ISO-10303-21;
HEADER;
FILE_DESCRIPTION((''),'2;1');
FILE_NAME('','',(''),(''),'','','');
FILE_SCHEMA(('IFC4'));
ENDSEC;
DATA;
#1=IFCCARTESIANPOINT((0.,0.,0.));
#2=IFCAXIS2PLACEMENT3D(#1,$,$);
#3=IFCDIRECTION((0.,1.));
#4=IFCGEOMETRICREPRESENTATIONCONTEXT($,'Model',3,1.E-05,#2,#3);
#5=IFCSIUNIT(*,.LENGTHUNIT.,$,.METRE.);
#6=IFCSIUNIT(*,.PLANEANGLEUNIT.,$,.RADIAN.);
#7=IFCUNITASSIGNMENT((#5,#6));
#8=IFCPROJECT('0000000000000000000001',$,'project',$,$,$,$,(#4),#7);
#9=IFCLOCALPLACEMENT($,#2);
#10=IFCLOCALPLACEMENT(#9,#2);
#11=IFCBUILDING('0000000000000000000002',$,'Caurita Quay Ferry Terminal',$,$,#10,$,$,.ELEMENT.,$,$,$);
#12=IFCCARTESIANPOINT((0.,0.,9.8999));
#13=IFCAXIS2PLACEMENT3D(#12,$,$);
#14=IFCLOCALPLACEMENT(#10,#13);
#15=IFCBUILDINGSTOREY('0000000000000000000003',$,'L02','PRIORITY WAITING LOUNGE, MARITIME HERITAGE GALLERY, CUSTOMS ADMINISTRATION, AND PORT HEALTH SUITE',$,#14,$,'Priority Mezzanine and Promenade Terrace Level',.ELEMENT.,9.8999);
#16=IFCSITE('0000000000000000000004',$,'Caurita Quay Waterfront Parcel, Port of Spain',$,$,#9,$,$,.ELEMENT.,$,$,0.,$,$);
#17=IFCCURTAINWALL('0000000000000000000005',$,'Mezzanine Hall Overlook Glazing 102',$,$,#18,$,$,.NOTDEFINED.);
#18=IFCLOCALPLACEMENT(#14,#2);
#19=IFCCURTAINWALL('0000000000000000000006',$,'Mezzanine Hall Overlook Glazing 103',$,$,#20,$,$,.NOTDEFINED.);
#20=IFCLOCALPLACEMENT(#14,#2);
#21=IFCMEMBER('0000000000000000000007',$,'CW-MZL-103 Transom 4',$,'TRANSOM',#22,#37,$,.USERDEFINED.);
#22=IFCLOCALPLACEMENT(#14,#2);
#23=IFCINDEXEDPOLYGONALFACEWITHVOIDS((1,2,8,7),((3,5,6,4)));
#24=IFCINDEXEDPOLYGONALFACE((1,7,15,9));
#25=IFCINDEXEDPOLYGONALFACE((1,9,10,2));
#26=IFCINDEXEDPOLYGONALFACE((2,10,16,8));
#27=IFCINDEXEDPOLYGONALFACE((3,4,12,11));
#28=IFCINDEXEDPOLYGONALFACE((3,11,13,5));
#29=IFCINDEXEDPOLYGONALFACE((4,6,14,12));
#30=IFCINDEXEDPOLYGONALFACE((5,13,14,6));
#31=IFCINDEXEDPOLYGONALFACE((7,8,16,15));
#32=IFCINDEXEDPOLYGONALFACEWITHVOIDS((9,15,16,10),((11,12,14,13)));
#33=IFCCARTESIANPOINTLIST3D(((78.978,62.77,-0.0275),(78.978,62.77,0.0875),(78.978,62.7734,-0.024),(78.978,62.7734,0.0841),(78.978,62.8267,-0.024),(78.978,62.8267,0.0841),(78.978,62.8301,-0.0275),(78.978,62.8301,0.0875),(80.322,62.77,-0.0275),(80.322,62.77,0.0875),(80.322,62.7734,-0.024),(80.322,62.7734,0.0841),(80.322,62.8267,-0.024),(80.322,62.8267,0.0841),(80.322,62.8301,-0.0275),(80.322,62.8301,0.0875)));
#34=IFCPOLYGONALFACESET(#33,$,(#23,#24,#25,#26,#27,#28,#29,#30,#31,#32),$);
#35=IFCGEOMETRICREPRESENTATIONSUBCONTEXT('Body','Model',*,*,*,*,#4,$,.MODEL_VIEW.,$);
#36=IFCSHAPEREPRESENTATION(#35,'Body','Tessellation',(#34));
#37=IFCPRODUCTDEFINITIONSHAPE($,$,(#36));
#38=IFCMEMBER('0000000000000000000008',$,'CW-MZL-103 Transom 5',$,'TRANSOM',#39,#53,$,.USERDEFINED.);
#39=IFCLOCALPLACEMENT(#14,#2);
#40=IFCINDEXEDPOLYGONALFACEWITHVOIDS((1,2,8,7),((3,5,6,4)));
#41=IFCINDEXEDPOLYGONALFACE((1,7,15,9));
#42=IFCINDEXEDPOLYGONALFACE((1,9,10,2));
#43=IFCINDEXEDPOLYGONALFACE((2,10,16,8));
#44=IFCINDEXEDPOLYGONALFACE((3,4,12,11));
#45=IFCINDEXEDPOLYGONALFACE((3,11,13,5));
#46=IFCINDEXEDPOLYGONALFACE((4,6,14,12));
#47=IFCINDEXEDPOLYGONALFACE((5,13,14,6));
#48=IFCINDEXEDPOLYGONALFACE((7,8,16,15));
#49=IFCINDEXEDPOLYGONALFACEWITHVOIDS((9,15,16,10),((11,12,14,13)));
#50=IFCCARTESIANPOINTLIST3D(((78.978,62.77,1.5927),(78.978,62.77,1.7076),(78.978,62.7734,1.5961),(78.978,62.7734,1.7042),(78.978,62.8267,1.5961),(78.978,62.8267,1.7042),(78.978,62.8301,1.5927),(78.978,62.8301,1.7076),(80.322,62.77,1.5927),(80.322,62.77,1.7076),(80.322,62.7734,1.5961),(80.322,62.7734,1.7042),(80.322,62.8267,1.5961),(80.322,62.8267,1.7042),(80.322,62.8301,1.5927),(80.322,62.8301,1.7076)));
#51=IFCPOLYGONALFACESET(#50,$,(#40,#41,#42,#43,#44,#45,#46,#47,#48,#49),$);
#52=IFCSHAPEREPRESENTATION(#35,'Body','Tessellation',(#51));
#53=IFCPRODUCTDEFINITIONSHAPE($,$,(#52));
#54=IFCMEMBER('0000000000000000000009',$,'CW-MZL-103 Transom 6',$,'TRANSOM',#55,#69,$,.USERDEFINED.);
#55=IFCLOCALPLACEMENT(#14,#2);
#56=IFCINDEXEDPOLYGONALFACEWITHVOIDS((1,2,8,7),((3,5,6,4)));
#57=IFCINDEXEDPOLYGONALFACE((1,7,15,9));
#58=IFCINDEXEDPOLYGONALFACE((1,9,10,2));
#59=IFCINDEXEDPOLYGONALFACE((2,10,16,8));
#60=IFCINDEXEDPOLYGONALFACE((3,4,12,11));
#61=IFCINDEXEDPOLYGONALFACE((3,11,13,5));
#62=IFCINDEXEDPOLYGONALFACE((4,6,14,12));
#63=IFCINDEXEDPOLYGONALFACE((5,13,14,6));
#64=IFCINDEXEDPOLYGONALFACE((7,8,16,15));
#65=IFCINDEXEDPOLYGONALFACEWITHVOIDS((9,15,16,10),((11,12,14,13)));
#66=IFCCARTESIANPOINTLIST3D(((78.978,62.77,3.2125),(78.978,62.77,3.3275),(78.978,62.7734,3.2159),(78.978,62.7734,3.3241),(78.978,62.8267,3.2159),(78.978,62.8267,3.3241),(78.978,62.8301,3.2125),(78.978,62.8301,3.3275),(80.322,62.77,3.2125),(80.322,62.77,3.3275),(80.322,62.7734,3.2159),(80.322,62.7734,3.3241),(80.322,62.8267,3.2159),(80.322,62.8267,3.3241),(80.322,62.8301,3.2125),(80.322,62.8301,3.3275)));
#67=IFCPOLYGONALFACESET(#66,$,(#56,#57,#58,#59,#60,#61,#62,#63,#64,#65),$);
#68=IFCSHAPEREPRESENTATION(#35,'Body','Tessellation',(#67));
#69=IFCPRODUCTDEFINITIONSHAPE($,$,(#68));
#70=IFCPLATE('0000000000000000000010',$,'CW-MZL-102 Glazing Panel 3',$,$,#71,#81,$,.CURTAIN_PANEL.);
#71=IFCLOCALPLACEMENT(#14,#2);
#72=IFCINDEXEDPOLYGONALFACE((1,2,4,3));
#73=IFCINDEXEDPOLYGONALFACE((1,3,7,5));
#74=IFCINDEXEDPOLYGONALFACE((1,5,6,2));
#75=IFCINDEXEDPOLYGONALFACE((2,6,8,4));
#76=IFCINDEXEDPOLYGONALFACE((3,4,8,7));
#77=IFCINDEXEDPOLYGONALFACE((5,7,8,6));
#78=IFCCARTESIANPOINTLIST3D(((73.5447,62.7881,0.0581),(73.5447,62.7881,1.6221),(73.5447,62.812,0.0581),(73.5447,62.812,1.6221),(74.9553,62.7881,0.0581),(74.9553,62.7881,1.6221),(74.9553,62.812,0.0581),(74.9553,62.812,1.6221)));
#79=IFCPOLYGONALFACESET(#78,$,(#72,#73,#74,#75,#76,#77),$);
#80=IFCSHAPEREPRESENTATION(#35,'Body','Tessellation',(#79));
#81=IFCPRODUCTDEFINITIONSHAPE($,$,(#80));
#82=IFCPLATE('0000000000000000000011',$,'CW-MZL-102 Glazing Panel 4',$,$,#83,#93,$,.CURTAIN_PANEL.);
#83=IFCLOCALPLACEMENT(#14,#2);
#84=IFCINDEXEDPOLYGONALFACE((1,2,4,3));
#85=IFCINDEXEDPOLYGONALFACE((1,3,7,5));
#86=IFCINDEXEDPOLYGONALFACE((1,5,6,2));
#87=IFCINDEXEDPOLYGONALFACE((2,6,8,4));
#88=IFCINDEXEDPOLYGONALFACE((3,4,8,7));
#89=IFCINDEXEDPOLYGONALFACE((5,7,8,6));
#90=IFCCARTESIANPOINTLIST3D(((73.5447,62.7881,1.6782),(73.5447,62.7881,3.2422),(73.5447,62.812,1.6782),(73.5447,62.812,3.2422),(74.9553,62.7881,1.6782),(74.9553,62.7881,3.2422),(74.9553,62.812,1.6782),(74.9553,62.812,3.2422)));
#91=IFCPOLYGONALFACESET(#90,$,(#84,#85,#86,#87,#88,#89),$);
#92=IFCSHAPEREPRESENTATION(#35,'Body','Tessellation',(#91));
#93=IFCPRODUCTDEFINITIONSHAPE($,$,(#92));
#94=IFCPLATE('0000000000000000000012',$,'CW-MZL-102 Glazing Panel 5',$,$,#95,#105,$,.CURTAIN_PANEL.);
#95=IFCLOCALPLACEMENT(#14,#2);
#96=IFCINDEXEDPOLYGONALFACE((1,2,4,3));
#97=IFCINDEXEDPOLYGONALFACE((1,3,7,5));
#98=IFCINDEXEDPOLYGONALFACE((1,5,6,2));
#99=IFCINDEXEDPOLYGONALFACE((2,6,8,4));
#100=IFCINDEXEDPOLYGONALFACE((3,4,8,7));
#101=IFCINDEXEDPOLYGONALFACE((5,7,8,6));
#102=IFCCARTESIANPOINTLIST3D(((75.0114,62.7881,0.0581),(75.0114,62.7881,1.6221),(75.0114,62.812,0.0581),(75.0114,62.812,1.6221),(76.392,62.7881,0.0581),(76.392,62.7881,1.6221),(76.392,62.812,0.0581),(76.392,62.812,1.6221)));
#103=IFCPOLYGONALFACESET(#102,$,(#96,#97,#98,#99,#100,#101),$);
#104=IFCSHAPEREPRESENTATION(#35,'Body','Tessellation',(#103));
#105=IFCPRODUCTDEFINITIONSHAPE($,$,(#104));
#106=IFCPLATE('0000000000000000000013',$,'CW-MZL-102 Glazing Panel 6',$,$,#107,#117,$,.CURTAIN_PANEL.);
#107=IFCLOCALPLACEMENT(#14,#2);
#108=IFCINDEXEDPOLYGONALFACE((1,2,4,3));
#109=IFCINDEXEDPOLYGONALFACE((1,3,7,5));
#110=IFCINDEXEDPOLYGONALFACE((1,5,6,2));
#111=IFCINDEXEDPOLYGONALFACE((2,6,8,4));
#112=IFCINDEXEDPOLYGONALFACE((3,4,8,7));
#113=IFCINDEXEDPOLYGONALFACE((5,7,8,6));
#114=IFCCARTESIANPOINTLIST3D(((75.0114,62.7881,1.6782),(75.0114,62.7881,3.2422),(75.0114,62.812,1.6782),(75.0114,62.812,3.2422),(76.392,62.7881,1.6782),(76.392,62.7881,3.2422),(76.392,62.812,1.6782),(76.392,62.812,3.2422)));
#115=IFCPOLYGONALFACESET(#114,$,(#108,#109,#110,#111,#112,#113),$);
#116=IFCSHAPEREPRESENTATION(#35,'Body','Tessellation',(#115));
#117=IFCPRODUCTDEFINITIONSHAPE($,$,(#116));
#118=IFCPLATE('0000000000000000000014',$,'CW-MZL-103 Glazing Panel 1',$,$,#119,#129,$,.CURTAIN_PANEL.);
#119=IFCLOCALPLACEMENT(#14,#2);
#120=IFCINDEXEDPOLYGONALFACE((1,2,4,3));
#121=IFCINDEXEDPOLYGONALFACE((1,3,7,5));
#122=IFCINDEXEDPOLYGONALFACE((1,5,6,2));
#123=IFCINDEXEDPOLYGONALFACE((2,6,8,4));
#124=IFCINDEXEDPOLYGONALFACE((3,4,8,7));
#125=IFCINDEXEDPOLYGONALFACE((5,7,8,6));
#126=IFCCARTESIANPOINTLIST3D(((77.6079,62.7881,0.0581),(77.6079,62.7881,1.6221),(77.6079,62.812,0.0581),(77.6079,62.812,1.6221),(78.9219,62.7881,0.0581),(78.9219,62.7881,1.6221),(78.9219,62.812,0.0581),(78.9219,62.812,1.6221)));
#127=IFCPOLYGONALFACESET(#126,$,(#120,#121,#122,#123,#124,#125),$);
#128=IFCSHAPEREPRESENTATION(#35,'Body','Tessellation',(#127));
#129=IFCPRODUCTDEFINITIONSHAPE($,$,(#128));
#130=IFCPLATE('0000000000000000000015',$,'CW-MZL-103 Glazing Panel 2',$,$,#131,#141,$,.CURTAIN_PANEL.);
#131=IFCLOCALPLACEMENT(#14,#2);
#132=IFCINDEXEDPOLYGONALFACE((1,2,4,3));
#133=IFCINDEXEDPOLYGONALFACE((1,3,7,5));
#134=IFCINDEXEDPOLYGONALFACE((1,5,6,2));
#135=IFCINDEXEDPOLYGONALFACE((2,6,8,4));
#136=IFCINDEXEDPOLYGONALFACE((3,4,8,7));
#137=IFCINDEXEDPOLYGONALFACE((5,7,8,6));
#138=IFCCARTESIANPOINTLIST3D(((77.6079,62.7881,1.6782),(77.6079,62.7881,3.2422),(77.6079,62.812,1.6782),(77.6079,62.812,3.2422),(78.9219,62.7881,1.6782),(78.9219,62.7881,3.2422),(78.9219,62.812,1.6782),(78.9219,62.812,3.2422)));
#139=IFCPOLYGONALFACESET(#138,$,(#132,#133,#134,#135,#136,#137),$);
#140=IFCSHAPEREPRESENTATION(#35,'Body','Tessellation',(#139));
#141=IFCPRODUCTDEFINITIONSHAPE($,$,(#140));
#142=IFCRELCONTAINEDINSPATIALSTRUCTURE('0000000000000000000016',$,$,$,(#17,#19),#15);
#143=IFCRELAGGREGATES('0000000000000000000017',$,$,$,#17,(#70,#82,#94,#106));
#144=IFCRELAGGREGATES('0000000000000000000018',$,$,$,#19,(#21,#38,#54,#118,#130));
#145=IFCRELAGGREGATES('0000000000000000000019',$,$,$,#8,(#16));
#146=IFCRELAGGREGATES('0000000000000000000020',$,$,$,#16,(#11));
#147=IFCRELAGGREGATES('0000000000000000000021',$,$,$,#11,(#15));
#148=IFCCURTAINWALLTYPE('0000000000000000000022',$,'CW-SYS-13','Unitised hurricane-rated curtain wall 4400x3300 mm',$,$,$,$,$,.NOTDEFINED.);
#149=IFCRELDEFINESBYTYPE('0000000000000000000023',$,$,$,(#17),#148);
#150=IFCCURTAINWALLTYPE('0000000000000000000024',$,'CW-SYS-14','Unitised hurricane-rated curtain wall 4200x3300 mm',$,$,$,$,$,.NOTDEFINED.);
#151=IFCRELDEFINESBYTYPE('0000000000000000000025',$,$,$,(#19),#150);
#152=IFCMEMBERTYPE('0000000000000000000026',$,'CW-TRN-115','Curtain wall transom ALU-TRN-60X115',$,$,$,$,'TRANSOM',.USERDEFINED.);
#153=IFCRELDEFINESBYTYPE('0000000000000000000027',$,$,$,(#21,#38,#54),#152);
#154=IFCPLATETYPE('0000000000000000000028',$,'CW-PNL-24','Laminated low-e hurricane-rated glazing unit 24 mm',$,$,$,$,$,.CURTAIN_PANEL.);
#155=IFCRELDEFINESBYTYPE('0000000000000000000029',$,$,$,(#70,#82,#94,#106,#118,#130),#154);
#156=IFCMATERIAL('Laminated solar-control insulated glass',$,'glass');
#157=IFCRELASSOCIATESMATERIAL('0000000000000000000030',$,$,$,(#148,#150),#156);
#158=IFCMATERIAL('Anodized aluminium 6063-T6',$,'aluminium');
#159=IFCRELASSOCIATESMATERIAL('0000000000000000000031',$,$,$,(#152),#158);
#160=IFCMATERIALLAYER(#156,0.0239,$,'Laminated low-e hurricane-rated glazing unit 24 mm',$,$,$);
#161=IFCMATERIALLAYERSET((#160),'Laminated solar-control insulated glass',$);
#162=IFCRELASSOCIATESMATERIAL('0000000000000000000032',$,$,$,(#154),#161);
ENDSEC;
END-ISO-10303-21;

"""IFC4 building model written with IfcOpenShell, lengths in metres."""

from ifc_helpers import new_model, si_unit, direction, frame, origin, origin_2d, place, context, subcontext, project, spatial, rectangle, hollow_rectangle, extrude, material, layer, layer_set, material_profile, profile_set, type_object, element, aggregate, save


model = new_model("IFC4")

# Units and contexts
model_context = context("Model", 3, precision=1e-05, world=origin(), true_north=direction((0.0, 1.0)))
body_context = subcontext(model_context, "Body", "Model", "MODEL_VIEW")
ifc_project = project(units=[si_unit("LENGTHUNIT", "METRE"), si_unit("PLANEANGLEUNIT", "RADIAN")], contexts=[model_context])

# Site, building, storey
site_placement = place(None, origin())
site = spatial("IfcSite", under=ifc_project, at=site_placement, Name="Caurita Quay Waterfront Parcel, Port of Spain", CompositionType="ELEMENT", RefElevation=0.0)
building_placement = place(site_placement, origin())
building = spatial("IfcBuilding", under=site, at=building_placement, Name="Caurita Quay Ferry Terminal", CompositionType="ELEMENT")
storey_placement = place(building_placement, frame((0.0, 0.0, 9.8999)))
storey = spatial("IfcBuildingStorey", under=building, at=storey_placement, Name="L02", Description="PRIORITY WAITING LOUNGE, MARITIME HERITAGE GALLERY, CUSTOMS ADMINISTRATION, AND PORT HEALTH SUITE", LongName="Priority Mezzanine and Promenade Terrace Level", CompositionType="ELEMENT", Elevation=9.8999)

# Curtain walls
ifc_material_1 = material(Name="Laminated solar-control insulated glass", Category="glass")
curtain_wall_type_1 = type_object("IfcCurtainWallType", Name="CW-SYS-13", Description="Unitised hurricane-rated curtain wall 4400x3300 mm", PredefinedType="NOTDEFINED", material=ifc_material_1)
curtain_wall_1_placement = place(storey_placement, origin())
curtain_wall_1 = element("IfcCurtainWall", 1, at=curtain_wall_1_placement, inside=storey, type_object=curtain_wall_type_1, Name="Mezzanine Hall Overlook Glazing 102", PredefinedType="NOTDEFINED")
ifc_material_2 = material(Name="Anodized aluminium 6063-T6", Category="aluminium")
curtain_wall_type_2 = type_object("IfcCurtainWallType", Name="CW-SYS-14", Description="Unitised hurricane-rated curtain wall 4200x3300 mm", PredefinedType="NOTDEFINED", material=ifc_material_1)
curtain_wall_2_placement = place(storey_placement, origin())
curtain_wall_2 = element("IfcCurtainWall", 2, at=curtain_wall_2_placement, inside=storey, type_object=curtain_wall_type_2, Name="Mezzanine Hall Overlook Glazing 103", PredefinedType="NOTDEFINED")

# Members
ifc_material_profile_1 = material_profile(ifc_material_2, hollow_rectangle(XDim=0.0601, YDim=0.115, WallThickness=0.0034, at=origin_2d()), Name="ALU-TRN-60X115")
ifc_profile_set_1 = profile_set([ifc_material_profile_1], Name="Anodized aluminium 6063-T6")
member_type_1 = type_object("IfcMemberType", Name="CW-TRN-115", Description="Curtain wall transom ALU-TRN-60X115", ElementType="TRANSOM", PredefinedType="USERDEFINED", material=ifc_profile_set_1)
member_1_placement = place(storey_placement, frame((78.978, 62.8, 0.03), z_axis=(1.0, 0.0, 0.0), x_axis=(0.0, 1.0, 0.0)))
member_1 = element("IfcMember", 3, at=member_1_placement, type_object=member_type_1, Name="CW-MZL-103 Transom 4", ObjectType="TRANSOM", PredefinedType="USERDEFINED", context=body_context, shape_type="SweptSolid", body=[
    extrude(hollow_rectangle(XDim=0.0601, YDim=0.115, WallThickness=0.0034, at=origin_2d()), origin(), (0.0, 0.0, 1.0), 1.344),
])
member_2_placement = place(storey_placement, frame((78.978, 62.8, 1.6501), z_axis=(1.0, 0.0, 0.0), x_axis=(0.0, 1.0, 0.0)))
member_2 = element("IfcMember", 4, at=member_2_placement, type_object=member_type_1, Name="CW-MZL-103 Transom 5", ObjectType="TRANSOM", PredefinedType="USERDEFINED", context=body_context, shape_type="SweptSolid", body=[
    extrude(hollow_rectangle(XDim=0.0601, YDim=0.115, WallThickness=0.0034, at=origin_2d()), origin(), (0.0, 0.0, 1.0), 1.344),
])
member_3_placement = place(storey_placement, frame((78.978, 62.8, 3.27), z_axis=(1.0, 0.0, 0.0), x_axis=(0.0, 1.0, 0.0)))
member_3 = element("IfcMember", 5, at=member_3_placement, type_object=member_type_1, Name="CW-MZL-103 Transom 6", ObjectType="TRANSOM", PredefinedType="USERDEFINED", context=body_context, shape_type="SweptSolid", body=[
    extrude(hollow_rectangle(XDim=0.0601, YDim=0.115, WallThickness=0.0034, at=origin_2d()), origin(), (0.0, 0.0, 1.0), 1.344),
])

# Plates
ifc_layer = layer(ifc_material_1, 0.0239, Name="Laminated low-e hurricane-rated glazing unit 24 mm")
ifc_layer_set = layer_set([ifc_layer], Name="Laminated solar-control insulated glass")
plate_type = type_object("IfcPlateType", Name="CW-PNL-24", Description="Laminated low-e hurricane-rated glazing unit 24 mm", PredefinedType="CURTAIN_PANEL", material=ifc_layer_set)
plate_1_placement = place(storey_placement, frame((74.25, 62.8, 0.0581), z_axis=(0.0, 0.0, 1.0), x_axis=(1.0, 0.0, 0.0)))
plate_1 = element("IfcPlate", 6, at=plate_1_placement, type_object=plate_type, Name="CW-MZL-102 Glazing Panel 3", PredefinedType="CURTAIN_PANEL", context=body_context, shape_type="SweptSolid", body=[
    extrude(rectangle(XDim=1.4106, YDim=0.0239, at=origin_2d()), origin(), (0.0, 0.0, 1.0), 1.564),
])
plate_2_placement = place(storey_placement, frame((74.25, 62.8, 1.6782), z_axis=(0.0, 0.0, 1.0), x_axis=(1.0, 0.0, 0.0)))
plate_2 = element("IfcPlate", 7, at=plate_2_placement, type_object=plate_type, Name="CW-MZL-102 Glazing Panel 4", PredefinedType="CURTAIN_PANEL", context=body_context, shape_type="SweptSolid", body=[
    extrude(rectangle(XDim=1.4106, YDim=0.0239, at=origin_2d()), origin(), (0.0, 0.0, 1.0), 1.564),
])
plate_3_placement = place(storey_placement, frame((75.7017, 62.8, 0.0581), z_axis=(0.0, 0.0, 1.0), x_axis=(1.0, 0.0, 0.0)))
plate_3 = element("IfcPlate", 8, at=plate_3_placement, type_object=plate_type, Name="CW-MZL-102 Glazing Panel 5", PredefinedType="CURTAIN_PANEL", context=body_context, shape_type="SweptSolid", body=[
    extrude(rectangle(XDim=1.3806, YDim=0.0239, at=origin_2d()), origin(), (0.0, 0.0, 1.0), 1.564),
])
plate_4_placement = place(storey_placement, frame((75.7017, 62.8, 1.6782), z_axis=(0.0, 0.0, 1.0), x_axis=(1.0, 0.0, 0.0)))
plate_4 = element("IfcPlate", 9, at=plate_4_placement, type_object=plate_type, Name="CW-MZL-102 Glazing Panel 6", PredefinedType="CURTAIN_PANEL", context=body_context, shape_type="SweptSolid", body=[
    extrude(rectangle(XDim=1.3806, YDim=0.0239, at=origin_2d()), origin(), (0.0, 0.0, 1.0), 1.564),
])
aggregate(curtain_wall_1, [plate_1, plate_2, plate_3, plate_4])
plate_5_placement = place(storey_placement, frame((78.2649, 62.8, 0.0581), z_axis=(0.0, 0.0, 1.0), x_axis=(1.0, 0.0, 0.0)))
plate_5 = element("IfcPlate", 10, at=plate_5_placement, type_object=plate_type, Name="CW-MZL-103 Glazing Panel 1", PredefinedType="CURTAIN_PANEL", context=body_context, shape_type="SweptSolid", body=[
    extrude(rectangle(XDim=1.314, YDim=0.0239, at=origin_2d()), origin(), (0.0, 0.0, 1.0), 1.564),
])
plate_6_placement = place(storey_placement, frame((78.2649, 62.8, 1.6782), z_axis=(0.0, 0.0, 1.0), x_axis=(1.0, 0.0, 0.0)))
plate_6 = element("IfcPlate", 11, at=plate_6_placement, type_object=plate_type, Name="CW-MZL-103 Glazing Panel 2", PredefinedType="CURTAIN_PANEL", context=body_context, shape_type="SweptSolid", body=[
    extrude(rectangle(XDim=1.314, YDim=0.0239, at=origin_2d()), origin(), (0.0, 0.0, 1.0), 1.564),
])
aggregate(curtain_wall_2, [member_1, member_2, member_3, plate_5, plate_6])

save(model, "model.ifc")
